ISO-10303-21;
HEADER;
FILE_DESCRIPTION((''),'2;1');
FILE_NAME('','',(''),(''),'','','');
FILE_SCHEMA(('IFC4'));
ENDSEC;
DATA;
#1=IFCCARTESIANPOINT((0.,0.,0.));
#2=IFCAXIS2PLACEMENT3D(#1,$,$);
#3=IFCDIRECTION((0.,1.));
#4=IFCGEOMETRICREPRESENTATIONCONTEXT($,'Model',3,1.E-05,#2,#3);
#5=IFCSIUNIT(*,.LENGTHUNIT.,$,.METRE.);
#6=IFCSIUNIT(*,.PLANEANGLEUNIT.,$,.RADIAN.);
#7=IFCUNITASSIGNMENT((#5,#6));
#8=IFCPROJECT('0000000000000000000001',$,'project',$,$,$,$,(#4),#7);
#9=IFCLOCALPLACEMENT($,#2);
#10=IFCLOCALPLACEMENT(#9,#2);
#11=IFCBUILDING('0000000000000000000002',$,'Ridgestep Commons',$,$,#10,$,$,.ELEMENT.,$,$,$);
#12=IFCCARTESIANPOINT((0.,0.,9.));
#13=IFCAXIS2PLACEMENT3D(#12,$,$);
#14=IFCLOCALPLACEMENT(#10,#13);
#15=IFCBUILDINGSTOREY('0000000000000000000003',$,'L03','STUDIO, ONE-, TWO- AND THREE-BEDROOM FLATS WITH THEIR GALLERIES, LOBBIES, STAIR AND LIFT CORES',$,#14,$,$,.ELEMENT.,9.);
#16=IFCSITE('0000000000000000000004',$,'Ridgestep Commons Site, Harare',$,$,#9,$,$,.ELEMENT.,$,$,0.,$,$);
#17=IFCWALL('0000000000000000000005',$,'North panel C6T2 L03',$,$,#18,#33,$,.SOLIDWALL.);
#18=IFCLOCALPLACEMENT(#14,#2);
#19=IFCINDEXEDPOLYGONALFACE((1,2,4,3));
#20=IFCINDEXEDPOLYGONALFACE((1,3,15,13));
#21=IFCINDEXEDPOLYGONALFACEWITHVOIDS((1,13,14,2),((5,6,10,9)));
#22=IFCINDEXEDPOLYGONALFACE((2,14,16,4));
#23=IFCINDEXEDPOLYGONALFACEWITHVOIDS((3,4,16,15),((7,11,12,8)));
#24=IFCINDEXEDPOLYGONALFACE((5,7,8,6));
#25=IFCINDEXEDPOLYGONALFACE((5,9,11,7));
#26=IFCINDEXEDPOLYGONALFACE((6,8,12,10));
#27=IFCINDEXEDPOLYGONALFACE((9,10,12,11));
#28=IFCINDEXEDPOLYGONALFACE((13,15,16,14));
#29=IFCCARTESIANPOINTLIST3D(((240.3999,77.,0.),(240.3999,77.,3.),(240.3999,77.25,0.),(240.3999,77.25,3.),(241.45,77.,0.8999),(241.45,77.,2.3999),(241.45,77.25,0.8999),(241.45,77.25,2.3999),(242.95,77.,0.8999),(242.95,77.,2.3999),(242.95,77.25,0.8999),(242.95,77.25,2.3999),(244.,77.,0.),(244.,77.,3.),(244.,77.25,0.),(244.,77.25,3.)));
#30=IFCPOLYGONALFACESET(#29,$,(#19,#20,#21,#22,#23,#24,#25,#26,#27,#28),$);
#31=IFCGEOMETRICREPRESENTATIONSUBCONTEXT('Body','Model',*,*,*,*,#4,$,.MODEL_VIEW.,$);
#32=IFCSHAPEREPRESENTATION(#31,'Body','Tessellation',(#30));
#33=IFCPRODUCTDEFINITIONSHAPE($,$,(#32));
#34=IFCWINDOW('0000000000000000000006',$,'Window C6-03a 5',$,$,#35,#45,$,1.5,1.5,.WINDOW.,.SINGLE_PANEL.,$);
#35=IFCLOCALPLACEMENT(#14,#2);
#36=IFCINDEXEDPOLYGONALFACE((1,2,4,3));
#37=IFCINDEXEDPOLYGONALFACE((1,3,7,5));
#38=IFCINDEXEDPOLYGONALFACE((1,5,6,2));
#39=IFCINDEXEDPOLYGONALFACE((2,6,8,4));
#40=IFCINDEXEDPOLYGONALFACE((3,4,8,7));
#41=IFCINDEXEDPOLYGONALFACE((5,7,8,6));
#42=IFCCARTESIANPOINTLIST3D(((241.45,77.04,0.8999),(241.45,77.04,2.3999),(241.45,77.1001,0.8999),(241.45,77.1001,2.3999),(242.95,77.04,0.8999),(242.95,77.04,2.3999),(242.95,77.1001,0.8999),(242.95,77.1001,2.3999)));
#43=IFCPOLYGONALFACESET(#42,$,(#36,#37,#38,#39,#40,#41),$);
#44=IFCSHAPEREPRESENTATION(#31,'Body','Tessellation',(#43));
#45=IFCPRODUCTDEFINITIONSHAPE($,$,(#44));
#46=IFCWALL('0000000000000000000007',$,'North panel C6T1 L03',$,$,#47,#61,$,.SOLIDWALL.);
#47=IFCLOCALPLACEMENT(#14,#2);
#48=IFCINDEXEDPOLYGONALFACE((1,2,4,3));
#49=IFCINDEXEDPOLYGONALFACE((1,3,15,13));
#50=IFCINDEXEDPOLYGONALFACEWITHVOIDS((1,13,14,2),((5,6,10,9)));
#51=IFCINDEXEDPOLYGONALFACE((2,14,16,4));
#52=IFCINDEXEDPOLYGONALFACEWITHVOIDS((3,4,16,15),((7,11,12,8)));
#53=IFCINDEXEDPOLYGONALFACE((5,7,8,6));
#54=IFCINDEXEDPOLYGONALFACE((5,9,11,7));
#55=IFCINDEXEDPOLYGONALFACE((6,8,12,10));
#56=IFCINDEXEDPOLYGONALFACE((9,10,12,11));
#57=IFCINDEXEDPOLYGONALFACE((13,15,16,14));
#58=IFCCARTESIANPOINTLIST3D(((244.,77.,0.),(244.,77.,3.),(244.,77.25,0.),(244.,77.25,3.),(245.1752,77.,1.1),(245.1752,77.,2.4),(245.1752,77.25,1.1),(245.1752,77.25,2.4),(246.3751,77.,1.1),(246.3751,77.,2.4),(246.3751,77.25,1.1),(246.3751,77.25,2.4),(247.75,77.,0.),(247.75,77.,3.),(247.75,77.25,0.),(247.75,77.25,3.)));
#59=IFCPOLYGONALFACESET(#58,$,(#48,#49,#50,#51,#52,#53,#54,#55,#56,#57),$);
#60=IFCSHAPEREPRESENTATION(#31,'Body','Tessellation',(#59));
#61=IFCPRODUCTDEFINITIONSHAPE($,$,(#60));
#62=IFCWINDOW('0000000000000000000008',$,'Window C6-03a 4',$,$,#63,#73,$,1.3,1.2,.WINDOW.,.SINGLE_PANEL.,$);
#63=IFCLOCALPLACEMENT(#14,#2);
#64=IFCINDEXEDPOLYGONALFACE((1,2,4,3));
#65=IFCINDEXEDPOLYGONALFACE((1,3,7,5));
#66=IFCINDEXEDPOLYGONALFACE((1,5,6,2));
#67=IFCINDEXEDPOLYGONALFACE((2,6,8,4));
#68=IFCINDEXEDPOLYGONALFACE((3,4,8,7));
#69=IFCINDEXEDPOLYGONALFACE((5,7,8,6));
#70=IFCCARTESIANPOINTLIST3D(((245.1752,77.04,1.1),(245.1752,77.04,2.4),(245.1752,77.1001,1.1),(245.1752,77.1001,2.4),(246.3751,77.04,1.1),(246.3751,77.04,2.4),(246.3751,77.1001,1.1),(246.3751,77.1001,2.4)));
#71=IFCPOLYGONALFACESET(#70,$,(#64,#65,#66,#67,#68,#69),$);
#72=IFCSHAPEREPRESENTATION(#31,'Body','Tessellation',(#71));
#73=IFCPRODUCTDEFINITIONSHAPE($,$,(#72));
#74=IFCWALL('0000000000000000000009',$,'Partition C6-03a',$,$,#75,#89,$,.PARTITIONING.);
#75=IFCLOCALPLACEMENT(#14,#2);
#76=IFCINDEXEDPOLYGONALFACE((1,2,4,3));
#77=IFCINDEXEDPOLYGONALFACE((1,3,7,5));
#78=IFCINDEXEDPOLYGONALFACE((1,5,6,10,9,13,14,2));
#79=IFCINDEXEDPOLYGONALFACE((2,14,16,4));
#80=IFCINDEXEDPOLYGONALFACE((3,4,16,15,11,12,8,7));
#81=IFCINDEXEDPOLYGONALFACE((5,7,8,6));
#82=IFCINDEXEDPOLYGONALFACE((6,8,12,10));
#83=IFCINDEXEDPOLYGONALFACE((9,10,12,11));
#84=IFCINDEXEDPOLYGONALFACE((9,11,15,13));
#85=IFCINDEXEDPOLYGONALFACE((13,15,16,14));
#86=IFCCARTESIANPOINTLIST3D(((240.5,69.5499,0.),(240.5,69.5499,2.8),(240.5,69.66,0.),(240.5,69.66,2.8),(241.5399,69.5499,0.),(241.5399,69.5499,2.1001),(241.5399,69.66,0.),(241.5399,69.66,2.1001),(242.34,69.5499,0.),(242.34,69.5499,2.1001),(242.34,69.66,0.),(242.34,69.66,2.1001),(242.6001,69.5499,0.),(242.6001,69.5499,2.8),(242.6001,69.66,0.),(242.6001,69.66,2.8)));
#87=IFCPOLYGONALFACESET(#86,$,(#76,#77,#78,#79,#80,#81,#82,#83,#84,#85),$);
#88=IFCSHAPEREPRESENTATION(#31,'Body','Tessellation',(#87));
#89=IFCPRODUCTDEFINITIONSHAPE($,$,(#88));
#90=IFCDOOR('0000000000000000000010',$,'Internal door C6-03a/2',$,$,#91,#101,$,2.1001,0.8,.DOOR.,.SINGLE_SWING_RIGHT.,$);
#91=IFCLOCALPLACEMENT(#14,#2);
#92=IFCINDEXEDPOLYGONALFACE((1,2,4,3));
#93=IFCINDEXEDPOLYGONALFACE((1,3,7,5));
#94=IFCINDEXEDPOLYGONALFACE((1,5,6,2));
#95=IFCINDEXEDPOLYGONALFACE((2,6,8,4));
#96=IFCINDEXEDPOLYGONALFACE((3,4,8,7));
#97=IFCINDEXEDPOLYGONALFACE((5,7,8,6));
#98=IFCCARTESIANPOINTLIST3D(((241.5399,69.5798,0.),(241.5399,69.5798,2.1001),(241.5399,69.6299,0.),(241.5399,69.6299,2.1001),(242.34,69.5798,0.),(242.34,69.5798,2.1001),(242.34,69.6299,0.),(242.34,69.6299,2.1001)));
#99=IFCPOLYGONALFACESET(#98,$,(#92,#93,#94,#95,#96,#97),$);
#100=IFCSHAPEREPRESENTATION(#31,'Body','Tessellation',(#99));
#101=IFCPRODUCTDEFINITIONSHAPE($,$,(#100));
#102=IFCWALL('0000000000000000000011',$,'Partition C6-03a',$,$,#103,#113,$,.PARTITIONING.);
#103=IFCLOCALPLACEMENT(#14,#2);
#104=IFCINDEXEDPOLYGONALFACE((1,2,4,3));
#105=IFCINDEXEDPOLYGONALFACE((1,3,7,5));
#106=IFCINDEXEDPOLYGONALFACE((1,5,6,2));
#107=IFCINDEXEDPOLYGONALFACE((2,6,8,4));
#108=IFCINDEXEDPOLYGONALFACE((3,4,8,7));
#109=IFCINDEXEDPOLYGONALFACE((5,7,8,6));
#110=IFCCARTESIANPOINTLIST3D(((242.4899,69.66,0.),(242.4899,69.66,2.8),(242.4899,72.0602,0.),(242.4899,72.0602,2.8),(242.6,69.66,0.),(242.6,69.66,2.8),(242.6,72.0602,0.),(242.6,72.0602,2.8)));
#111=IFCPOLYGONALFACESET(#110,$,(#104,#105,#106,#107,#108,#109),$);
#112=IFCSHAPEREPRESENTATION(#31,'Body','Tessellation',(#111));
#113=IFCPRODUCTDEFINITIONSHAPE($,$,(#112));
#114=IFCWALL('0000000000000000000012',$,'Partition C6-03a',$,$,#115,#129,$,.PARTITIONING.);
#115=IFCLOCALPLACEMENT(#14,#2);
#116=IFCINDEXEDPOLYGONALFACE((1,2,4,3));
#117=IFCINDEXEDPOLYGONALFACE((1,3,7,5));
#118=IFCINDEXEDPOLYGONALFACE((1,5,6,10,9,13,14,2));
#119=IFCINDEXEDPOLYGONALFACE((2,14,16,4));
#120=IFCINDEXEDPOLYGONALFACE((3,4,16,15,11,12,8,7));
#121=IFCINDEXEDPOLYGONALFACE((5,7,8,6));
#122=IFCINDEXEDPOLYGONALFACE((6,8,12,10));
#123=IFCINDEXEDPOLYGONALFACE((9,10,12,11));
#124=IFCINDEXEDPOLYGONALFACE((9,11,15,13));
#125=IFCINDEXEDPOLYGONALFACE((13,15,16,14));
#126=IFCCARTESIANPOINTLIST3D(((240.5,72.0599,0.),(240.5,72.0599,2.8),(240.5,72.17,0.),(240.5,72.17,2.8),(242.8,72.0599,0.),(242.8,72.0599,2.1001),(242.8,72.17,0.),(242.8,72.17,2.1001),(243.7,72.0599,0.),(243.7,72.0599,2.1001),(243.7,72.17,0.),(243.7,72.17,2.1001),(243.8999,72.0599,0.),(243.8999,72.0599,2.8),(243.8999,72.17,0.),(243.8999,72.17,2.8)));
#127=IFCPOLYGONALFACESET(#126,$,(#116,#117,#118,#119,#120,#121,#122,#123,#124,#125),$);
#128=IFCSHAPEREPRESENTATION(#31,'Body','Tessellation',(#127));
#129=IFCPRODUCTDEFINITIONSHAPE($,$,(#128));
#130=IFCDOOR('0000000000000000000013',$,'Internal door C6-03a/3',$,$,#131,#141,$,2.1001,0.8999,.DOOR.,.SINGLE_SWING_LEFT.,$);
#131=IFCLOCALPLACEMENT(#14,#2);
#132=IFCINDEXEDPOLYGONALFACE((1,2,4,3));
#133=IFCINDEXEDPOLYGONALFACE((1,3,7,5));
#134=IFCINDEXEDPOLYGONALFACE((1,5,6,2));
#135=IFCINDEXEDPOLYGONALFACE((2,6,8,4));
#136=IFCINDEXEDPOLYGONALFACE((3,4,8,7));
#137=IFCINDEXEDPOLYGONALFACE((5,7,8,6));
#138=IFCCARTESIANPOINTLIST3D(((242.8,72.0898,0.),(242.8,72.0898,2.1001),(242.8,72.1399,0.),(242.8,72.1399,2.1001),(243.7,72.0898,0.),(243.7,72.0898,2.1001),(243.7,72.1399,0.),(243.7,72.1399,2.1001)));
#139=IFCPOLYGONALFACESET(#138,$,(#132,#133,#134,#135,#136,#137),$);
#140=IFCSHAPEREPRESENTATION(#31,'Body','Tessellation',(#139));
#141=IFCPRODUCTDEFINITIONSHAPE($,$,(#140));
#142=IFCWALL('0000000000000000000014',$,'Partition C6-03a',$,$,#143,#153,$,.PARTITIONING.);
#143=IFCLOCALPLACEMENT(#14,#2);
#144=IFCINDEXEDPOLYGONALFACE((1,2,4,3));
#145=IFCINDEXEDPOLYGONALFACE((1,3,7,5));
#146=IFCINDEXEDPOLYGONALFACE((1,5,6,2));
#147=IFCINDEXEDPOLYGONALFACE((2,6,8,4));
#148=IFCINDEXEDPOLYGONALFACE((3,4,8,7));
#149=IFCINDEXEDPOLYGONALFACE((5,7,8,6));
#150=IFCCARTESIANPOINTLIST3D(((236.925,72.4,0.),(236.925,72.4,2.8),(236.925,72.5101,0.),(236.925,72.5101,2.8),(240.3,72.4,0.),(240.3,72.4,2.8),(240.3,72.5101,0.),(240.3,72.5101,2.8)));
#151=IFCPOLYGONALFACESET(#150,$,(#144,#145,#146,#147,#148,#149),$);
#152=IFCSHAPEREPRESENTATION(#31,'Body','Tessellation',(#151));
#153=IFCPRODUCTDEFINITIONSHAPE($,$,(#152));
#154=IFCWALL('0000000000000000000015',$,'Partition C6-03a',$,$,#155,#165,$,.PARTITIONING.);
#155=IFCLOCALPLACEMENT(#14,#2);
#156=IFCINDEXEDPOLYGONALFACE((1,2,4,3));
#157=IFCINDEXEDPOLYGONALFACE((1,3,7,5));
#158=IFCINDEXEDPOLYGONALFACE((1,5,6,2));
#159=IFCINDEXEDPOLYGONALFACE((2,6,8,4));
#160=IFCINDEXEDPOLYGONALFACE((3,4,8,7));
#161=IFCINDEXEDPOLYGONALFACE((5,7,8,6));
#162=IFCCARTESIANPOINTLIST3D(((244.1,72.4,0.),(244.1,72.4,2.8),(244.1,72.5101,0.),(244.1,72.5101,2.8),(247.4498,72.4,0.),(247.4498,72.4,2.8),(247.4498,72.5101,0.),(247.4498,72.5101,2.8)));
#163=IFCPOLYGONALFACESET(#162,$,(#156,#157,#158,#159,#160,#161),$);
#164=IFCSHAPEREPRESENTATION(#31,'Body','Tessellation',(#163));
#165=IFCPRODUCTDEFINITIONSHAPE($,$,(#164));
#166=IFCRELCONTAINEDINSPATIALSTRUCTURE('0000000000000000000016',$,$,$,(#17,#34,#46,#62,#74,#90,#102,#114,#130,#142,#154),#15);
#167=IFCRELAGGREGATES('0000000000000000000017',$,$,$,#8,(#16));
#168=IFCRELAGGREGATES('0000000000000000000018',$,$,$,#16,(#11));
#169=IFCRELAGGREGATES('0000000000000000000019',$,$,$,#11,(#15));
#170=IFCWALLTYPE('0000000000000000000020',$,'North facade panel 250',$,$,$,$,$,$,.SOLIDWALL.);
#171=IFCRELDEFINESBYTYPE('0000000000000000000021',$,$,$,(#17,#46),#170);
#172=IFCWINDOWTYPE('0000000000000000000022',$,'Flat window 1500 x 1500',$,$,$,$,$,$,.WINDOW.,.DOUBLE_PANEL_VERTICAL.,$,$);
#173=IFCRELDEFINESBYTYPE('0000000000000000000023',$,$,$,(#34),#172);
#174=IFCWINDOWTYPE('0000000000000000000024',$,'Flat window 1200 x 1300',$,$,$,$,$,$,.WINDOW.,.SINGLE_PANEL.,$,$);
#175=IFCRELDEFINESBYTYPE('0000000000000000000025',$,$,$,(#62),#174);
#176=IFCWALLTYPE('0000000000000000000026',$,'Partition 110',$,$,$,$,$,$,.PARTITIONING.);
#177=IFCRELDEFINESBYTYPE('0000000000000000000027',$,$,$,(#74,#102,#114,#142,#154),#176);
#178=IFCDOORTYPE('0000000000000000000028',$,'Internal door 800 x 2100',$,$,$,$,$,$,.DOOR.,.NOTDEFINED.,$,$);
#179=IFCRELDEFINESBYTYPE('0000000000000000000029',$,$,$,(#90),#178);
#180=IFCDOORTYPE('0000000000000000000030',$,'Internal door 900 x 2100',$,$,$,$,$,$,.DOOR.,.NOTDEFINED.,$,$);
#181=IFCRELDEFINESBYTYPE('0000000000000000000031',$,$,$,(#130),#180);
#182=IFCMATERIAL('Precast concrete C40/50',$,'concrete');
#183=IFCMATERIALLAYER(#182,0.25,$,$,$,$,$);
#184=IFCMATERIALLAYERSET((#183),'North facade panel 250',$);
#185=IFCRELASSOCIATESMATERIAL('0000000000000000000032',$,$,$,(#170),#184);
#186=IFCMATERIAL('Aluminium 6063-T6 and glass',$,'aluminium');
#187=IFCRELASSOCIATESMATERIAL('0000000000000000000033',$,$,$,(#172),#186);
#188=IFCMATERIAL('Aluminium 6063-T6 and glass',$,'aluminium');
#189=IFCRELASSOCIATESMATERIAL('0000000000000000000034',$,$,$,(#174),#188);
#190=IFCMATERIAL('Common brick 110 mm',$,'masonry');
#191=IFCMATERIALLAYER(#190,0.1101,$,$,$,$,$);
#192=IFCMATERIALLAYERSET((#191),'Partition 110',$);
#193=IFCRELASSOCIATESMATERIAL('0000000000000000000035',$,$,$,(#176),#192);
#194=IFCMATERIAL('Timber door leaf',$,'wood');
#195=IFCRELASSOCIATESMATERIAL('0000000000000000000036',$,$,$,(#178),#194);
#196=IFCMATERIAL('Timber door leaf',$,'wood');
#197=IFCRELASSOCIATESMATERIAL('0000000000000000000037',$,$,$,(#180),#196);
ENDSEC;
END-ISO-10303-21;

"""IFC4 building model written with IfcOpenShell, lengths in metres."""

from ifc_helpers import new_model, si_unit, direction, frame, frame_2d, origin, place, context, subcontext, project, spatial, rectangle, extrude, material, layer, layer_set, type_object, element, fill, save


model = new_model("IFC4")

# Units and contexts
model_context = context("Model", 3, precision=1e-05, world=origin(), true_north=direction((0.0, 1.0)))
body_context = subcontext(model_context, "Body", "Model", "MODEL_VIEW")
ifc_project = project(units=[si_unit("LENGTHUNIT", "METRE"), si_unit("PLANEANGLEUNIT", "RADIAN")], contexts=[model_context])

# Site, building, storey
site_placement = place(None, origin())
site = spatial("IfcSite", under=ifc_project, at=site_placement, Name="Ridgestep Commons Site, Harare", CompositionType="ELEMENT", RefElevation=0.0)
building_placement = place(site_placement, origin())
building = spatial("IfcBuilding", under=site, at=building_placement, Name="Ridgestep Commons", CompositionType="ELEMENT")
storey_placement = place(building_placement, frame((0.0, 0.0, 9.0)))
storey = spatial("IfcBuildingStorey", under=building, at=storey_placement, Name="L03", Description="STUDIO, ONE-, TWO- AND THREE-BEDROOM FLATS WITH THEIR GALLERIES, LOBBIES, STAIR AND LIFT CORES", CompositionType="ELEMENT", Elevation=9.0)

# Shared definitions
ifc_material_1 = material(Name="Precast concrete C40/50", Category="concrete")
ifc_layer_1 = layer(ifc_material_1, 0.25)
ifc_layer_set_1 = layer_set([ifc_layer_1], Name="North facade panel 250")
wall_type_1 = type_object("IfcWallType", Name="North facade panel 250", PredefinedType="SOLIDWALL", material=ifc_layer_set_1)
ifc_material_2 = material(Name="Aluminium 6063-T6 and glass", Category="aluminium")
window_type_1 = type_object("IfcWindowType", Name="Flat window 1500 x 1500", PartitioningType="DOUBLE_PANEL_VERTICAL", PredefinedType="WINDOW", material=ifc_material_2)

# Walls, openings, windows
wall_1_placement = place(storey_placement, frame((240.3999, 77.125, 0.0), z_axis=(0.0, 0.0, 1.0), x_axis=(1.0, 0.0, 0.0)))
wall_1 = element("IfcWall", 1, at=wall_1_placement, inside=storey, type_object=wall_type_1, Name="North panel C6T2 L03", PredefinedType="SOLIDWALL", context=body_context, shape_type="SweptSolid", body=[
    extrude(rectangle(XDim=3.6001, YDim=0.25, at=frame_2d((1.8, 0.0))), origin(), (0.0, 0.0, 1.0), 3.0),
])
opening_1_placement = place(wall_1_placement, frame((1.05, 0.0, 0.8999)))
opening_1 = element("IfcOpeningElement", 2, at=opening_1_placement, cuts=wall_1, PredefinedType="OPENING", context=body_context, shape_type="SweptSolid", body=[
    extrude(rectangle(XDim=1.5, YDim=1.5, at=frame_2d((0.75, 0.75))), frame((0.0, 0.135, 0.0), z_axis=(0.0, -1.0, 0.0), x_axis=(1.0, 0.0, 0.0)), (0.0, 0.0, 1.0), 0.27),
])
window_1_placement = place(opening_1_placement, origin())
window_1 = element("IfcWindow", 3, at=window_1_placement, inside=storey, type_object=window_type_1, Name="Window C6-03a 5", OverallHeight=1.5, OverallWidth=1.5, PartitioningType="SINGLE_PANEL", PredefinedType="WINDOW", context=body_context, shape_type="SweptSolid", body=[
    extrude(rectangle(XDim=1.5, YDim=1.5, at=frame_2d((0.75, 0.75))), frame((0.0, -0.0249, 0.0), z_axis=(0.0, -1.0, 0.0), x_axis=(1.0, 0.0, 0.0)), (0.0, 0.0, 1.0), 0.0601),
])
fill(opening_1, window_1)
wall_2_placement = place(storey_placement, frame((244.0, 77.125, 0.0), z_axis=(0.0, 0.0, 1.0), x_axis=(1.0, 0.0, 0.0)))
wall_2 = element("IfcWall", 4, at=wall_2_placement, inside=storey, type_object=wall_type_1, Name="North panel C6T1 L03", PredefinedType="SOLIDWALL", context=body_context, shape_type="SweptSolid", body=[
    extrude(rectangle(XDim=3.75, YDim=0.25, at=frame_2d((1.875, 0.0))), origin(), (0.0, 0.0, 1.0), 3.0),
])
opening_2_placement = place(wall_2_placement, frame((1.175, 0.0, 1.1001)))
opening_2 = element("IfcOpeningElement", 5, at=opening_2_placement, cuts=wall_2, PredefinedType="OPENING", context=body_context, shape_type="SweptSolid", body=[
    extrude(rectangle(XDim=1.2, YDim=1.3, at=frame_2d((0.6001, 0.6499))), frame((0.0, 0.135, 0.0), z_axis=(0.0, -1.0, 0.0), x_axis=(1.0, 0.0, 0.0)), (0.0, 0.0, 1.0), 0.27),
])
ifc_material_3 = material(Name="Aluminium 6063-T6 and glass", Category="aluminium")
window_type_2 = type_object("IfcWindowType", Name="Flat window 1200 x 1300", PartitioningType="SINGLE_PANEL", PredefinedType="WINDOW", material=ifc_material_3)
window_2_placement = place(opening_2_placement, origin())
window_2 = element("IfcWindow", 6, at=window_2_placement, inside=storey, type_object=window_type_2, Name="Window C6-03a 4", OverallHeight=1.3, OverallWidth=1.2, PartitioningType="SINGLE_PANEL", PredefinedType="WINDOW", context=body_context, shape_type="SweptSolid", body=[
    extrude(rectangle(XDim=1.2, YDim=1.3, at=frame_2d((0.6001, 0.6499))), frame((0.0, -0.0249, 0.0), z_axis=(0.0, -1.0, 0.0), x_axis=(1.0, 0.0, 0.0)), (0.0, 0.0, 1.0), 0.0601),
])
fill(opening_2, window_2)

# Wall, opening, door
ifc_material_4 = material(Name="Common brick 110 mm", Category="masonry")
ifc_layer_2 = layer(ifc_material_4, 0.1101)
ifc_layer_set_2 = layer_set([ifc_layer_2], Name="Partition 110")
wall_type_2 = type_object("IfcWallType", Name="Partition 110", PredefinedType="PARTITIONING", material=ifc_layer_set_2)
wall_3_placement = place(storey_placement, frame((240.5, 69.605, 0.0), z_axis=(0.0, 0.0, 1.0), x_axis=(1.0, 0.0, 0.0)))
wall_3 = element("IfcWall", 7, at=wall_3_placement, inside=storey, type_object=wall_type_2, Name="Partition C6-03a", PredefinedType="PARTITIONING", context=body_context, shape_type="SweptSolid", body=[
    extrude(rectangle(XDim=2.1001, YDim=0.1101, at=frame_2d((1.05, 0.0))), origin(), (0.0, 0.0, 1.0), 2.8),
])
opening_3_placement = place(wall_3_placement, frame((1.04, 0.0, 0.0)))
opening_3 = element("IfcOpeningElement", 8, at=opening_3_placement, cuts=wall_3, PredefinedType="OPENING", context=body_context, shape_type="SweptSolid", body=[
    extrude(rectangle(XDim=0.8, YDim=2.1001, at=frame_2d((0.3999, 1.05))), frame((0.0, 0.0649, 0.0), z_axis=(0.0, -1.0, 0.0), x_axis=(1.0, 0.0, 0.0)), (0.0, 0.0, 1.0), 0.1301),
])
ifc_material_5 = material(Name="Timber door leaf", Category="wood")
door_type_1 = type_object("IfcDoorType", Name="Internal door 800 x 2100", OperationType="NOTDEFINED", PredefinedType="DOOR", material=ifc_material_5)
door_1_placement = place(opening_3_placement, origin())
door_1 = element("IfcDoor", 9, at=door_1_placement, inside=storey, type_object=door_type_1, Name="Internal door C6-03a/2", OperationType="SINGLE_SWING_RIGHT", OverallHeight=2.1001, OverallWidth=0.8, PredefinedType="DOOR", context=body_context, shape_type="SweptSolid", body=[
    extrude(rectangle(XDim=0.8, YDim=2.1001, at=frame_2d((0.3999, 1.05))), frame((0.0, 0.0249, 0.0), z_axis=(0.0, -1.0, 0.0), x_axis=(1.0, 0.0, 0.0)), (0.0, 0.0, 1.0), 0.05),
])
fill(opening_3, door_1)

# Wall
wall_4_placement = place(storey_placement, frame((242.5449, 69.6599, 0.0), z_axis=(0.0, 0.0, 1.0), x_axis=(0.0, 1.0, 0.0)))
element("IfcWall", 10, at=wall_4_placement, inside=storey, type_object=wall_type_2, Name="Partition C6-03a", PredefinedType="PARTITIONING", context=body_context, shape_type="SweptSolid", body=[
    extrude(rectangle(XDim=2.4001, YDim=0.1101, at=frame_2d((1.2002, 0.0))), origin(), (0.0, 0.0, 1.0), 2.8),
])

# Wall, opening, door
wall_5_placement = place(storey_placement, frame((240.5, 72.115, 0.0), z_axis=(0.0, 0.0, 1.0), x_axis=(1.0, 0.0, 0.0)))
wall_5 = element("IfcWall", 11, at=wall_5_placement, inside=storey, type_object=wall_type_2, Name="Partition C6-03a", PredefinedType="PARTITIONING", context=body_context, shape_type="SweptSolid", body=[
    extrude(rectangle(XDim=3.3999, YDim=0.1101, at=frame_2d((1.7, 0.0))), origin(), (0.0, 0.0, 1.0), 2.8),
])
opening_4_placement = place(wall_5_placement, frame((2.3, 0.0, 0.0)))
opening_4 = element("IfcOpeningElement", 12, at=opening_4_placement, cuts=wall_5, PredefinedType="OPENING", context=body_context, shape_type="SweptSolid", body=[
    extrude(rectangle(XDim=0.8999, YDim=2.1001, at=frame_2d((0.45, 1.05))), frame((0.0, 0.0649, 0.0), z_axis=(0.0, -1.0, 0.0), x_axis=(1.0, 0.0, 0.0)), (0.0, 0.0, 1.0), 0.1301),
])
ifc_material_6 = material(Name="Timber door leaf", Category="wood")
door_type_2 = type_object("IfcDoorType", Name="Internal door 900 x 2100", OperationType="NOTDEFINED", PredefinedType="DOOR", material=ifc_material_6)
door_2_placement = place(opening_4_placement, origin())
door_2 = element("IfcDoor", 13, at=door_2_placement, inside=storey, type_object=door_type_2, Name="Internal door C6-03a/3", OperationType="SINGLE_SWING_LEFT", OverallHeight=2.1001, OverallWidth=0.8999, PredefinedType="DOOR", context=body_context, shape_type="SweptSolid", body=[
    extrude(rectangle(XDim=0.8999, YDim=2.1001, at=frame_2d((0.45, 1.05))), frame((0.0, 0.0249, 0.0), z_axis=(0.0, -1.0, 0.0), x_axis=(1.0, 0.0, 0.0)), (0.0, 0.0, 1.0), 0.05),
])
fill(opening_4, door_2)

# Walls
wall_6_placement = place(storey_placement, frame((236.925, 72.4551, 0.0), z_axis=(0.0, 0.0, 1.0), x_axis=(1.0, 0.0, 0.0)))
element("IfcWall", 14, at=wall_6_placement, inside=storey, type_object=wall_type_2, Name="Partition C6-03a", PredefinedType="PARTITIONING", context=body_context, shape_type="SweptSolid", body=[
    extrude(rectangle(XDim=3.375, YDim=0.1101, at=frame_2d((1.6875, 0.0))), origin(), (0.0, 0.0, 1.0), 2.8),
])
wall_7_placement = place(storey_placement, frame((244.1001, 72.4551, 0.0), z_axis=(0.0, 0.0, 1.0), x_axis=(1.0, 0.0, 0.0)))
element("IfcWall", 15, at=wall_7_placement, inside=storey, type_object=wall_type_2, Name="Partition C6-03a", PredefinedType="PARTITIONING", context=body_context, shape_type="SweptSolid", body=[
    extrude(rectangle(XDim=3.3499, YDim=0.1101, at=frame_2d((1.6748, 0.0))), origin(), (0.0, 0.0, 1.0), 2.8),
])

save(model, "model.ifc")
